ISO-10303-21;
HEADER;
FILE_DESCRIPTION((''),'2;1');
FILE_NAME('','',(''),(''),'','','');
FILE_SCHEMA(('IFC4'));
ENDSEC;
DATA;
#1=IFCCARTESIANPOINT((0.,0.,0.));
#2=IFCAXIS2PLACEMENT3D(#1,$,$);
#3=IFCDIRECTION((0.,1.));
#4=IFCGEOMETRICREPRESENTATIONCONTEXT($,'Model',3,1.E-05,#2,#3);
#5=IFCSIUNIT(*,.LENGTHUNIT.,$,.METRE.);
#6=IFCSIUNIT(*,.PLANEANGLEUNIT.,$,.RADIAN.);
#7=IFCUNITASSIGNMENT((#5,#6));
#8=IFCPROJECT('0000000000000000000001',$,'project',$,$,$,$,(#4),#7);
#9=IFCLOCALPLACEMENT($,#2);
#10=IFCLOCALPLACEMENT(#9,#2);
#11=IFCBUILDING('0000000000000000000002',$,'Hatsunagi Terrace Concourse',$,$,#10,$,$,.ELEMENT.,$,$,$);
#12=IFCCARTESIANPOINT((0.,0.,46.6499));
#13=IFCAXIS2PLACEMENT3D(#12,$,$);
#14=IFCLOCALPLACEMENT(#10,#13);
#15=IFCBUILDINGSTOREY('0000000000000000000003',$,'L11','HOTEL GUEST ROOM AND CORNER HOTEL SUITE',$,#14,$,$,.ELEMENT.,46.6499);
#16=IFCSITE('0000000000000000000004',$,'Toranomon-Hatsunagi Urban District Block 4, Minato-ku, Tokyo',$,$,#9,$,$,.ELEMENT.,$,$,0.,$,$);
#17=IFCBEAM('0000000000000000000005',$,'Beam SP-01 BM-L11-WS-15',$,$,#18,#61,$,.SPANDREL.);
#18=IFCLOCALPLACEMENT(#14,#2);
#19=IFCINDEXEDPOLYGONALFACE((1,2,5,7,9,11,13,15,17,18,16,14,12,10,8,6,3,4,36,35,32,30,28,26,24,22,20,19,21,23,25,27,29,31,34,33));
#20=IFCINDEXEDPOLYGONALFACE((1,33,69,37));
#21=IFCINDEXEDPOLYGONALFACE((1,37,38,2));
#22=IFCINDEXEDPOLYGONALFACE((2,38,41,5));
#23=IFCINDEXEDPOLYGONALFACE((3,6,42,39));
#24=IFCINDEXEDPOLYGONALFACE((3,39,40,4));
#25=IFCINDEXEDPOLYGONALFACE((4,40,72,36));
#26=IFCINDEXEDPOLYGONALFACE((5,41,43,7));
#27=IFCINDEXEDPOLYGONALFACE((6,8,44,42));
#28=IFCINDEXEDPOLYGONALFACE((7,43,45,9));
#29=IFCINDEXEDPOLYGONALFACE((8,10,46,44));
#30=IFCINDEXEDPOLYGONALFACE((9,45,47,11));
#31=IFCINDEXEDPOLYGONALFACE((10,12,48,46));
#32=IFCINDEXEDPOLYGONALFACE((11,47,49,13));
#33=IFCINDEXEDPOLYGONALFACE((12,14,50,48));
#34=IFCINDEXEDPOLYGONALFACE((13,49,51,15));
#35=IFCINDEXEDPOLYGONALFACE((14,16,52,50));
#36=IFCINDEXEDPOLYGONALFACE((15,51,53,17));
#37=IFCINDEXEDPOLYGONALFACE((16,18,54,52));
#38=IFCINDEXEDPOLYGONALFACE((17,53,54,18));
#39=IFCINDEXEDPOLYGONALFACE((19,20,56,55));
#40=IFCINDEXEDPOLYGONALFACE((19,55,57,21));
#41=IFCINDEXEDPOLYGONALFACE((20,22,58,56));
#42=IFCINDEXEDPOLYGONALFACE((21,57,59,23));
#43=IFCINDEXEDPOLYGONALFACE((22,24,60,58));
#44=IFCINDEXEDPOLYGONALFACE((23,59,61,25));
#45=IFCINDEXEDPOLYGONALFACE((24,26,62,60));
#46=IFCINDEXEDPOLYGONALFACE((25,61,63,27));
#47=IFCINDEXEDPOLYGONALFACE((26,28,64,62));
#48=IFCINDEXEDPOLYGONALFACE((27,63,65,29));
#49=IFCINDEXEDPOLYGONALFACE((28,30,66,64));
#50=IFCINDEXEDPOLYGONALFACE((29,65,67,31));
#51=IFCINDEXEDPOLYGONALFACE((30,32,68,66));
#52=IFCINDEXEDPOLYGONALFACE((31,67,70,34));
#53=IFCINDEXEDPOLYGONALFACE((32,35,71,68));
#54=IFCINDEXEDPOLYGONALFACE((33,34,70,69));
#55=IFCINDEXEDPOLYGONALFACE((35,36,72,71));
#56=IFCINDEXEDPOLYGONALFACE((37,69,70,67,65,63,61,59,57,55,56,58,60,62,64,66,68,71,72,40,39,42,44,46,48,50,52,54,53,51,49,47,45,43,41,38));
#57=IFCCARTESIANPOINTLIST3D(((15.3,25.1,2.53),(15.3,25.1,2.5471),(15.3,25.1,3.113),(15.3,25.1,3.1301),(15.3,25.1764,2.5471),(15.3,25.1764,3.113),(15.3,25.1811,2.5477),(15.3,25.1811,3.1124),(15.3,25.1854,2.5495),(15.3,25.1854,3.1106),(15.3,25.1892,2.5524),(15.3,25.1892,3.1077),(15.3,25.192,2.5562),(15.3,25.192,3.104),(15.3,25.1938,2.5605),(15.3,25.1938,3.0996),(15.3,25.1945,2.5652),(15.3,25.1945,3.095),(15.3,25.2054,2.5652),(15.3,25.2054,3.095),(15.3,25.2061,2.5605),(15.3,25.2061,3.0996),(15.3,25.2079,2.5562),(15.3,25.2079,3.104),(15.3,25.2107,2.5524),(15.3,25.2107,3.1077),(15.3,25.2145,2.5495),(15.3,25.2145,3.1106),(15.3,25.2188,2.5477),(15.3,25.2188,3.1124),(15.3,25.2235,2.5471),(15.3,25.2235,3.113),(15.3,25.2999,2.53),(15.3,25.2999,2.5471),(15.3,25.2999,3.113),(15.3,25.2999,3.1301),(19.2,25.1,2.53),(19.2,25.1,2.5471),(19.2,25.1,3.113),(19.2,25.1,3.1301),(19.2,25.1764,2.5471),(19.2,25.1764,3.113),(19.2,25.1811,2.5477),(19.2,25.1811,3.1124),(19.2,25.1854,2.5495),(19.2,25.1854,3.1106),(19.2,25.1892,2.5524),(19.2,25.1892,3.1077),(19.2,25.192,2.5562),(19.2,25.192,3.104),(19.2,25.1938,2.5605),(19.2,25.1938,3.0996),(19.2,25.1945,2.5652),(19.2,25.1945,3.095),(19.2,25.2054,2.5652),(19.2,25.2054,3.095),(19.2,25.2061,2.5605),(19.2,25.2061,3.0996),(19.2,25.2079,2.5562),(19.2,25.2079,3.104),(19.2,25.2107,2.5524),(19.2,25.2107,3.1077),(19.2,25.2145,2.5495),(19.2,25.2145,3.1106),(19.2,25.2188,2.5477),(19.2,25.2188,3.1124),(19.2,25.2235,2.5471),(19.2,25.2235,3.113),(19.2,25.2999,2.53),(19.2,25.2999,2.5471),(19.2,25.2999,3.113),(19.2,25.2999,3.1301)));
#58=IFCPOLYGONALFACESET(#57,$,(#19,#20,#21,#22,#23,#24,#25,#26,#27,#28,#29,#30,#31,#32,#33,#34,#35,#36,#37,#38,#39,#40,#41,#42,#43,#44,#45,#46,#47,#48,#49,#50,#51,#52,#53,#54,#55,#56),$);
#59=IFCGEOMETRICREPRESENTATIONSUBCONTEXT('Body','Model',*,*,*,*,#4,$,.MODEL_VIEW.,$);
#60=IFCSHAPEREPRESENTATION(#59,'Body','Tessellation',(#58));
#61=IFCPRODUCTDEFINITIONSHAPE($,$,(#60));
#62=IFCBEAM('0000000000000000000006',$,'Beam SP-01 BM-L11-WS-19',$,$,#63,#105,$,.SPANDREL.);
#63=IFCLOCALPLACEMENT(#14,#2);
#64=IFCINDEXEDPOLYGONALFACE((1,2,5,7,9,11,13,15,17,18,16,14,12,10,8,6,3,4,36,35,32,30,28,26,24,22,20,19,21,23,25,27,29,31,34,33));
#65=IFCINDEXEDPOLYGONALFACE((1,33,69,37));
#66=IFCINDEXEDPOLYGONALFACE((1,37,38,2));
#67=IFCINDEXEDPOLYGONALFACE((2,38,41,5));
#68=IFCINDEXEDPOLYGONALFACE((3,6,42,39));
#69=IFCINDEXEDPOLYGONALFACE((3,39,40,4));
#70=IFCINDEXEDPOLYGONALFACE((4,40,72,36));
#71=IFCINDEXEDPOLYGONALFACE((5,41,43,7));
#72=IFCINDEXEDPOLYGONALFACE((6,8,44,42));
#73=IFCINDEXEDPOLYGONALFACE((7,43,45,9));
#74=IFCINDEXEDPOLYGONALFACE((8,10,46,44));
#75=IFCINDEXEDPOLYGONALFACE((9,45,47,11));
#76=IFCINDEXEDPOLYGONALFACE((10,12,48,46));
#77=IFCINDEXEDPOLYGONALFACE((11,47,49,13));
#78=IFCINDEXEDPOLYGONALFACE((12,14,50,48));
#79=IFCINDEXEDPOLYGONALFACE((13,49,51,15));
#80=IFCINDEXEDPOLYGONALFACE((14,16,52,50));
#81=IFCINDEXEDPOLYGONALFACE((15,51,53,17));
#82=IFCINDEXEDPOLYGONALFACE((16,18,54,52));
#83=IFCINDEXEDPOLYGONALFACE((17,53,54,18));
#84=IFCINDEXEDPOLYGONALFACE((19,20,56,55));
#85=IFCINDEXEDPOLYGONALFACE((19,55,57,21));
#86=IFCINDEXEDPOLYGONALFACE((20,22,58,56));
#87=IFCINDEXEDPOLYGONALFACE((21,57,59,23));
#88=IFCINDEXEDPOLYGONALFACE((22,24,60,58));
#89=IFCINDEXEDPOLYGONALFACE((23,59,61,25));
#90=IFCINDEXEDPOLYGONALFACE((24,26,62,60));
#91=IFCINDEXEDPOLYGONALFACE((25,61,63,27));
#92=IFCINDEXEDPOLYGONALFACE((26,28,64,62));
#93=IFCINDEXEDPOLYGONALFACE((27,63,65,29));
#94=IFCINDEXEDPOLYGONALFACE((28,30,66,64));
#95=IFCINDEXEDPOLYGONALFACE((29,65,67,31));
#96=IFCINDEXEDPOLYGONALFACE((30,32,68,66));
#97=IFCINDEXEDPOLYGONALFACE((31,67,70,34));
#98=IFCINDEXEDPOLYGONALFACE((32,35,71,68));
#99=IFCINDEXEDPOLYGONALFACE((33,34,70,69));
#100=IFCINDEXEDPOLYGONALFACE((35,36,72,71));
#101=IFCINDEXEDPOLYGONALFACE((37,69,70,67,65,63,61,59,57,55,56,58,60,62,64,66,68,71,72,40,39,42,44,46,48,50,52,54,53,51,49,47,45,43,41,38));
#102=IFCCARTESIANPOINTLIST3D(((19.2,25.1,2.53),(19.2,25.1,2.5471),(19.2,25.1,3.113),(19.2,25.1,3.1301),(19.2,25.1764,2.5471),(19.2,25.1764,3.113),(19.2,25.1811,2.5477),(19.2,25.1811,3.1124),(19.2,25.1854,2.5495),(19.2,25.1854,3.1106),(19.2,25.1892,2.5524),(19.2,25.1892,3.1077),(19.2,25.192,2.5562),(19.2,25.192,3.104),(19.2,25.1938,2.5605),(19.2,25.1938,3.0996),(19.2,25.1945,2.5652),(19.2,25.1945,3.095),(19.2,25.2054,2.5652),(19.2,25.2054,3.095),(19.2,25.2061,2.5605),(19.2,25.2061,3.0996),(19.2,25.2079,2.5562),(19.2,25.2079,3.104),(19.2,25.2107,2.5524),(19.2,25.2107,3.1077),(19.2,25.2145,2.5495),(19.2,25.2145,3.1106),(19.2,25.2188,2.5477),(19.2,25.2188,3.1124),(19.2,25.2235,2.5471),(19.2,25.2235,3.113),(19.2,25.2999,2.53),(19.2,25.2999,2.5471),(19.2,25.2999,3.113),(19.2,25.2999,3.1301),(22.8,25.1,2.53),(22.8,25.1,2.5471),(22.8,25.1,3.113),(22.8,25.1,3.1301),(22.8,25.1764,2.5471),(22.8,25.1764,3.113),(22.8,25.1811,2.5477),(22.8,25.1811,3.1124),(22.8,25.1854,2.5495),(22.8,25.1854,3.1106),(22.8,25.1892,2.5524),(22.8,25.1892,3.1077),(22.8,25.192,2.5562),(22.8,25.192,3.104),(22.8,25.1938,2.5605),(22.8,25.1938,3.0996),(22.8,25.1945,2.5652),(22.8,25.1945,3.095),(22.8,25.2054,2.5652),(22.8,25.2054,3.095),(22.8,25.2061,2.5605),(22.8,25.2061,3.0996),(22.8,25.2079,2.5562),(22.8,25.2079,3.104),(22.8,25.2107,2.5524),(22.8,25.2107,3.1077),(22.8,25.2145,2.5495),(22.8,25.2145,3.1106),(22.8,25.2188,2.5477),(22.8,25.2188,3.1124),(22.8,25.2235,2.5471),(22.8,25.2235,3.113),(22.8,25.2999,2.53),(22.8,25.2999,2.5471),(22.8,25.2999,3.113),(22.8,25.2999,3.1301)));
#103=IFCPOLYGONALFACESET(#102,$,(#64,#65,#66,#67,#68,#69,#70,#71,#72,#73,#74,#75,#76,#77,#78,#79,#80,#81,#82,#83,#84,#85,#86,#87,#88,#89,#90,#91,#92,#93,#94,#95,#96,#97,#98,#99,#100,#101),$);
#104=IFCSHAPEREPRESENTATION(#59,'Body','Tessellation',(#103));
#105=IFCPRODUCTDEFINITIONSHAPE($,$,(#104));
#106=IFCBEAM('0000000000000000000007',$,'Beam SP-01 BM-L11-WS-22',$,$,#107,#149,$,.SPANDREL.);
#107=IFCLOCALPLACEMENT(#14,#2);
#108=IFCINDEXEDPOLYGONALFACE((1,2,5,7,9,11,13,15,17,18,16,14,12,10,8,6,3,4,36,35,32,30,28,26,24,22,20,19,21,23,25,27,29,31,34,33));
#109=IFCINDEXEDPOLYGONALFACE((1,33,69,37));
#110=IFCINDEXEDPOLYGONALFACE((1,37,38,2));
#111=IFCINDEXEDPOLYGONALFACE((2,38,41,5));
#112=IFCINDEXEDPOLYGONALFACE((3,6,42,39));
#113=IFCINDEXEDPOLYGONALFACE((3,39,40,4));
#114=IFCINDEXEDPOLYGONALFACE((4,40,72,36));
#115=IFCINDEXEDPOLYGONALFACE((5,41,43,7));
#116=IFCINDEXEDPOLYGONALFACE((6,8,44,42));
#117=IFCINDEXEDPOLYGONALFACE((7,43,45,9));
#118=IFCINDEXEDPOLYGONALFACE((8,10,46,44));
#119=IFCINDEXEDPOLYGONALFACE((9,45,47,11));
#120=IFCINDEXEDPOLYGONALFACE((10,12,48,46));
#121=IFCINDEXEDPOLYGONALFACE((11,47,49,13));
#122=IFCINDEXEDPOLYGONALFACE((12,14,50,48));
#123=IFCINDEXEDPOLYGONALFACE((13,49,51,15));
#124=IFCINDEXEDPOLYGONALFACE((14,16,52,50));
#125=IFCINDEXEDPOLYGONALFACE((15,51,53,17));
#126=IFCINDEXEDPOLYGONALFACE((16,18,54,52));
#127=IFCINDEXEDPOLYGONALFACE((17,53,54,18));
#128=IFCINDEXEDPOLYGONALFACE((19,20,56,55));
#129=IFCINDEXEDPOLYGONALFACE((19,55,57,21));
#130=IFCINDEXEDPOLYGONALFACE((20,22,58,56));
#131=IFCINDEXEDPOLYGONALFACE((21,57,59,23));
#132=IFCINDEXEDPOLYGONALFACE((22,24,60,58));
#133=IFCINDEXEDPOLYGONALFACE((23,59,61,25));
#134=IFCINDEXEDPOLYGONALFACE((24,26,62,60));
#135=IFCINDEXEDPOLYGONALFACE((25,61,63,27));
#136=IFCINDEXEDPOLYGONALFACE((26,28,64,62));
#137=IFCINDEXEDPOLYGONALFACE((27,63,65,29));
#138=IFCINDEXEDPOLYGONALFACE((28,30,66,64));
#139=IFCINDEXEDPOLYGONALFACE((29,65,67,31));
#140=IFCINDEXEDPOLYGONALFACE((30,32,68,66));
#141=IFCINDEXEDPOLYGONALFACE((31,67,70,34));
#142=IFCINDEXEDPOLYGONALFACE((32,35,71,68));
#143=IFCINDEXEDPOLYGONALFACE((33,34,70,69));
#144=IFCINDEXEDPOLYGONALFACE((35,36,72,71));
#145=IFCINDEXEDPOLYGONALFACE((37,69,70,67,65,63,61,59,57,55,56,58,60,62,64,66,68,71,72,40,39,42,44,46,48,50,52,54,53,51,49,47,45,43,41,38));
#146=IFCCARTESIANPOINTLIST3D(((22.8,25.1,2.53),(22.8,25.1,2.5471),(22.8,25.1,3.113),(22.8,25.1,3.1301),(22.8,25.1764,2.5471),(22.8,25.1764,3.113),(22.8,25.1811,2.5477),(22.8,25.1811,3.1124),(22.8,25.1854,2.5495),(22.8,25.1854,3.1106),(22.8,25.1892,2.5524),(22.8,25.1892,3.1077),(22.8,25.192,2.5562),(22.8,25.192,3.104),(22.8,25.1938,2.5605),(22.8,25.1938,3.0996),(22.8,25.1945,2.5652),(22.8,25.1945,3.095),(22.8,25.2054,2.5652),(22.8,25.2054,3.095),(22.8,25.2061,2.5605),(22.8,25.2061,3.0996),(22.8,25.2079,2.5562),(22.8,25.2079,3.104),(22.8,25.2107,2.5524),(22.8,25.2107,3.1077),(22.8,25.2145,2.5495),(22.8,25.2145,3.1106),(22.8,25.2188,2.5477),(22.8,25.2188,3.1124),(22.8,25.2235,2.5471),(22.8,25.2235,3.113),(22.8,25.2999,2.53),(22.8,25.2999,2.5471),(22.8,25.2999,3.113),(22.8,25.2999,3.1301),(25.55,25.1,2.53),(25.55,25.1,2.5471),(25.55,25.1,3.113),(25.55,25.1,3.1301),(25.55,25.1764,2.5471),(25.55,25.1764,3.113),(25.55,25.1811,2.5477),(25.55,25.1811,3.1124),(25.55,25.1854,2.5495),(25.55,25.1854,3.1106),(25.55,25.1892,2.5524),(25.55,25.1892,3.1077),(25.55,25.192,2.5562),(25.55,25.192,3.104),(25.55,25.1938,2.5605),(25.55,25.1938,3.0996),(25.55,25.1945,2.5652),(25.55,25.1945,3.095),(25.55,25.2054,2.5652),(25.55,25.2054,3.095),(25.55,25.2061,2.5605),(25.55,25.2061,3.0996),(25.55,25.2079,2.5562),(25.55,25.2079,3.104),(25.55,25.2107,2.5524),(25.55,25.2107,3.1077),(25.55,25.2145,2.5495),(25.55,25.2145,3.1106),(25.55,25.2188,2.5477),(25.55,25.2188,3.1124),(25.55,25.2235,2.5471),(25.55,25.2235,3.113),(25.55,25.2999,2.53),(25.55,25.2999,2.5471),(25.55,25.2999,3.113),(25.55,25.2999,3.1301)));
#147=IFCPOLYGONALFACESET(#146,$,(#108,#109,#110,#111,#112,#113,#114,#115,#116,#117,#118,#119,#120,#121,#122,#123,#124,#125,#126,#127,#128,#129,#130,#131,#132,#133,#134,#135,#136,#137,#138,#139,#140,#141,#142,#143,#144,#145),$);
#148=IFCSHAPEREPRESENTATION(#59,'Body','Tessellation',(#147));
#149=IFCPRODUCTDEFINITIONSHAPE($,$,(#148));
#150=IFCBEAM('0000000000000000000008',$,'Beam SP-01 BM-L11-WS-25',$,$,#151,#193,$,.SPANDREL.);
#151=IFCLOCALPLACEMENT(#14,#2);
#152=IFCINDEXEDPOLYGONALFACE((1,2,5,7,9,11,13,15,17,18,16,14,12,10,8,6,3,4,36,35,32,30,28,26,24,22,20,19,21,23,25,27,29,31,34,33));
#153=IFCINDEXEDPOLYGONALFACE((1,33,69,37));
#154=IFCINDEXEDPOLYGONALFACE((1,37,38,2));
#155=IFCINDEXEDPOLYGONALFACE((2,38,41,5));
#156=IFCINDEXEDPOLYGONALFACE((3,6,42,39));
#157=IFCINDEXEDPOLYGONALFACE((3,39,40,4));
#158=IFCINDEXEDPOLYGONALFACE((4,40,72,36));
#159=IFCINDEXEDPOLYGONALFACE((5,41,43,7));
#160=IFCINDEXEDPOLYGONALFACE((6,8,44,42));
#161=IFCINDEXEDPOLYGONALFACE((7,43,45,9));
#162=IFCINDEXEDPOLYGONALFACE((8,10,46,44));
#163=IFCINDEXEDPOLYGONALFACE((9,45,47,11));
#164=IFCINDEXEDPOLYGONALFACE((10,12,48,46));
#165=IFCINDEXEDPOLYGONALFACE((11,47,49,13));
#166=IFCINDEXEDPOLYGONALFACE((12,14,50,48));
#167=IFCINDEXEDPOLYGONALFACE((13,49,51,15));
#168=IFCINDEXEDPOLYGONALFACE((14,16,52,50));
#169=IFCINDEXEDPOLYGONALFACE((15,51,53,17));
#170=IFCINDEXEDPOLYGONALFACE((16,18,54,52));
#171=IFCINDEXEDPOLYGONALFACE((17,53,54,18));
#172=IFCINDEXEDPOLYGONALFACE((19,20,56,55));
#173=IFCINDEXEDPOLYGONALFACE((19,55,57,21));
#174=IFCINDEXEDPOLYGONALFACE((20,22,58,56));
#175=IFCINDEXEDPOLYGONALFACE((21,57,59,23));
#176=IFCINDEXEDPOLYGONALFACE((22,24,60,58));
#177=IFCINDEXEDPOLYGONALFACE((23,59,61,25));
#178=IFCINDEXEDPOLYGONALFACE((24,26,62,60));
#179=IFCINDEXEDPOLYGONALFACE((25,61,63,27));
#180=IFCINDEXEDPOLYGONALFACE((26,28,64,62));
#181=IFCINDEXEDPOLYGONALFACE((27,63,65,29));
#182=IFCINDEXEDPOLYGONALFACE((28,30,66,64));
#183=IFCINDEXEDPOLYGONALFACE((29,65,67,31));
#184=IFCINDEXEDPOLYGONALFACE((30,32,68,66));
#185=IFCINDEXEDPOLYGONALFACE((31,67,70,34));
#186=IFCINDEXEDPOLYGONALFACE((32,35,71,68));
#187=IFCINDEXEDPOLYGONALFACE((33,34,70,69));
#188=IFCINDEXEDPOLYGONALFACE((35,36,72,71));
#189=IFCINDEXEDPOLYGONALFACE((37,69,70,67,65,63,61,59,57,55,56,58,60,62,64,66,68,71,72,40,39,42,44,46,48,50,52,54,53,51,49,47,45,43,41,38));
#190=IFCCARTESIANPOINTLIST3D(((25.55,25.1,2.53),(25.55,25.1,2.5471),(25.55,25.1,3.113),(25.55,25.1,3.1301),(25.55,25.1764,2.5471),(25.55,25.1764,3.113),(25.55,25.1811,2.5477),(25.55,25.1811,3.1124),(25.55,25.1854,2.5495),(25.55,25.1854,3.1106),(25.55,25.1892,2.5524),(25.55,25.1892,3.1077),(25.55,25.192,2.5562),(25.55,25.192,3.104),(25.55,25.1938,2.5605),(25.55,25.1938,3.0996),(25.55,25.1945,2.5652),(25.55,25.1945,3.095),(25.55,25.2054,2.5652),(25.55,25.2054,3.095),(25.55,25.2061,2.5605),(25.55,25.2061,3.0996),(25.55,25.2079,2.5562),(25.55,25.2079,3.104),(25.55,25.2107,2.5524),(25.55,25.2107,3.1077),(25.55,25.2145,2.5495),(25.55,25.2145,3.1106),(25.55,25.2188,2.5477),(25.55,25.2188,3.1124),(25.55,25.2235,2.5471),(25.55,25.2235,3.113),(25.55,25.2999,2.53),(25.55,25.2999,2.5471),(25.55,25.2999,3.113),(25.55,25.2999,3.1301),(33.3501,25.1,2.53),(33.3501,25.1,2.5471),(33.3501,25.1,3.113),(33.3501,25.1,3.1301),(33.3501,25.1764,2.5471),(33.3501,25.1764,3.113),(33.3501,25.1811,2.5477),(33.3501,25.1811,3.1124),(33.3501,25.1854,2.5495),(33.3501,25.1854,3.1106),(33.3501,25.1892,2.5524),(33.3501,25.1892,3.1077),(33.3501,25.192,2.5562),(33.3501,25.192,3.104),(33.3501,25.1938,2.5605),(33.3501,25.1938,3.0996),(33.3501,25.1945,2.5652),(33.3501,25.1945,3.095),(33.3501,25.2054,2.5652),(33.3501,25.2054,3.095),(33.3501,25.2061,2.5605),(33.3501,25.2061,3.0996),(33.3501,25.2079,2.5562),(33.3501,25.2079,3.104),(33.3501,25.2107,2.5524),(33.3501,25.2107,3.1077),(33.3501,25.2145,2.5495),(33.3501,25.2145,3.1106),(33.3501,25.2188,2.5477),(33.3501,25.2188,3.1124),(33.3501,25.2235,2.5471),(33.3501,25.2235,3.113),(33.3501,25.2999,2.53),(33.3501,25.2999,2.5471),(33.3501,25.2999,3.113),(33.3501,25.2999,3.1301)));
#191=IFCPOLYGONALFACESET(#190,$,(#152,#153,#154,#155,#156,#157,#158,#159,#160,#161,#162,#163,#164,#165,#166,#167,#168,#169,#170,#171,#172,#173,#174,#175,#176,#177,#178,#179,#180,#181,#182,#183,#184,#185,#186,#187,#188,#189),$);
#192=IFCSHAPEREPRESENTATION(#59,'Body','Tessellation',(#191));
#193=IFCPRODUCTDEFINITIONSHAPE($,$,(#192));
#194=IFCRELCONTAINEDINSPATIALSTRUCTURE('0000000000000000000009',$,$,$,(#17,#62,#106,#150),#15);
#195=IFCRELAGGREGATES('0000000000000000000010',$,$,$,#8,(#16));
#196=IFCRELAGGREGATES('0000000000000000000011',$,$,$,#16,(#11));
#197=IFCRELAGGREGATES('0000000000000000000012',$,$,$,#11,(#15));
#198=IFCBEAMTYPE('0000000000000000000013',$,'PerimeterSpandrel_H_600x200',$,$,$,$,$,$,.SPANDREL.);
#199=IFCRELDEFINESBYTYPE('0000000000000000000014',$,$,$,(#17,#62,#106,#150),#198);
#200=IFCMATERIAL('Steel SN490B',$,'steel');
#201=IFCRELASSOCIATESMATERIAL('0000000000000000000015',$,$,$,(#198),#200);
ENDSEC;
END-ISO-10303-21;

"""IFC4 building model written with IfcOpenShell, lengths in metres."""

from ifc_helpers import new_model, si_unit, direction, frame, origin, origin_2d, place, context, subcontext, project, spatial, i_section, extrude, material, material_profile, profile_set, type_object, element, save


model = new_model("IFC4")

# Units and contexts
model_context = context("Model", 3, precision=1e-05, world=origin(), true_north=direction((0.0, 1.0)))
body_context = subcontext(model_context, "Body", "Model", "MODEL_VIEW")
ifc_project = project(units=[si_unit("LENGTHUNIT", "METRE"), si_unit("PLANEANGLEUNIT", "RADIAN")], contexts=[model_context])

# Site, building, storey
site_placement = place(None, origin())
site = spatial("IfcSite", under=ifc_project, at=site_placement, Name="Toranomon-Hatsunagi Urban District Block 4, Minato-ku, Tokyo", CompositionType="ELEMENT", RefElevation=0.0)
building_placement = place(site_placement, origin())
building = spatial("IfcBuilding", under=site, at=building_placement, Name="Hatsunagi Terrace Concourse", CompositionType="ELEMENT")
storey_placement = place(building_placement, frame((0.0, 0.0, 46.6499)))
storey = spatial("IfcBuildingStorey", under=building, at=storey_placement, Name="L11", Description="HOTEL GUEST ROOM AND CORNER HOTEL SUITE", CompositionType="ELEMENT", Elevation=46.6499)

# Beams
ifc_material_1 = material(Name="Steel SN490B", Category="steel")
ifc_material_profile_1 = material_profile(ifc_material_1, i_section(OverallWidth=0.2, OverallDepth=0.6001, WebThickness=0.011, FlangeThickness=0.0171, FilletRadius=0.0181, at=origin_2d()), Name="H-600x200x11x17")
ifc_profile_set_1 = profile_set([ifc_material_profile_1], Name="Steel SN490B")
beam_type_1 = type_object("IfcBeamType", Name="PerimeterSpandrel_H_600x200", PredefinedType="SPANDREL", material=ifc_profile_set_1)
beam_1_placement = place(storey_placement, frame((15.3, 25.2, 2.8301), z_axis=(1.0, 0.0, 0.0), x_axis=(0.0, 1.0, 0.0)))
element("IfcBeam", 1, at=beam_1_placement, inside=storey, type_object=beam_type_1, Name="Beam SP-01 BM-L11-WS-15", PredefinedType="SPANDREL", context=body_context, shape_type="SweptSolid", body=[
    extrude(i_section(OverallWidth=0.2, OverallDepth=0.6001, WebThickness=0.011, FlangeThickness=0.0171, FilletRadius=0.0181, at=origin_2d()), origin(), (0.0, 0.0, 1.0), 3.8999),
])
beam_2_placement = place(storey_placement, frame((19.2, 25.2, 2.8301), z_axis=(1.0, 0.0, 0.0), x_axis=(0.0, 1.0, 0.0)))
element("IfcBeam", 2, at=beam_2_placement, inside=storey, type_object=beam_type_1, Name="Beam SP-01 BM-L11-WS-19", PredefinedType="SPANDREL", context=body_context, shape_type="SweptSolid", body=[
    extrude(i_section(OverallWidth=0.2, OverallDepth=0.6001, WebThickness=0.011, FlangeThickness=0.0171, FilletRadius=0.0181, at=origin_2d()), origin(), (0.0, 0.0, 1.0), 3.6001),
])
beam_3_placement = place(storey_placement, frame((22.8, 25.2, 2.8301), z_axis=(1.0, 0.0, 0.0), x_axis=(0.0, 1.0, 0.0)))
element("IfcBeam", 3, at=beam_3_placement, inside=storey, type_object=beam_type_1, Name="Beam SP-01 BM-L11-WS-22", PredefinedType="SPANDREL", context=body_context, shape_type="SweptSolid", body=[
    extrude(i_section(OverallWidth=0.2, OverallDepth=0.6001, WebThickness=0.011, FlangeThickness=0.0171, FilletRadius=0.0181, at=origin_2d()), origin(), (0.0, 0.0, 1.0), 2.75),
])
beam_4_placement = place(storey_placement, frame((25.55, 25.2, 2.8301), z_axis=(1.0, 0.0, 0.0), x_axis=(0.0, 1.0, 0.0)))
element("IfcBeam", 4, at=beam_4_placement, inside=storey, type_object=beam_type_1, Name="Beam SP-01 BM-L11-WS-25", PredefinedType="SPANDREL", context=body_context, shape_type="SweptSolid", body=[
    extrude(i_section(OverallWidth=0.2, OverallDepth=0.6001, WebThickness=0.011, FlangeThickness=0.0171, FilletRadius=0.0181, at=origin_2d()), origin(), (0.0, 0.0, 1.0), 7.8),
])

save(model, "model.ifc")
